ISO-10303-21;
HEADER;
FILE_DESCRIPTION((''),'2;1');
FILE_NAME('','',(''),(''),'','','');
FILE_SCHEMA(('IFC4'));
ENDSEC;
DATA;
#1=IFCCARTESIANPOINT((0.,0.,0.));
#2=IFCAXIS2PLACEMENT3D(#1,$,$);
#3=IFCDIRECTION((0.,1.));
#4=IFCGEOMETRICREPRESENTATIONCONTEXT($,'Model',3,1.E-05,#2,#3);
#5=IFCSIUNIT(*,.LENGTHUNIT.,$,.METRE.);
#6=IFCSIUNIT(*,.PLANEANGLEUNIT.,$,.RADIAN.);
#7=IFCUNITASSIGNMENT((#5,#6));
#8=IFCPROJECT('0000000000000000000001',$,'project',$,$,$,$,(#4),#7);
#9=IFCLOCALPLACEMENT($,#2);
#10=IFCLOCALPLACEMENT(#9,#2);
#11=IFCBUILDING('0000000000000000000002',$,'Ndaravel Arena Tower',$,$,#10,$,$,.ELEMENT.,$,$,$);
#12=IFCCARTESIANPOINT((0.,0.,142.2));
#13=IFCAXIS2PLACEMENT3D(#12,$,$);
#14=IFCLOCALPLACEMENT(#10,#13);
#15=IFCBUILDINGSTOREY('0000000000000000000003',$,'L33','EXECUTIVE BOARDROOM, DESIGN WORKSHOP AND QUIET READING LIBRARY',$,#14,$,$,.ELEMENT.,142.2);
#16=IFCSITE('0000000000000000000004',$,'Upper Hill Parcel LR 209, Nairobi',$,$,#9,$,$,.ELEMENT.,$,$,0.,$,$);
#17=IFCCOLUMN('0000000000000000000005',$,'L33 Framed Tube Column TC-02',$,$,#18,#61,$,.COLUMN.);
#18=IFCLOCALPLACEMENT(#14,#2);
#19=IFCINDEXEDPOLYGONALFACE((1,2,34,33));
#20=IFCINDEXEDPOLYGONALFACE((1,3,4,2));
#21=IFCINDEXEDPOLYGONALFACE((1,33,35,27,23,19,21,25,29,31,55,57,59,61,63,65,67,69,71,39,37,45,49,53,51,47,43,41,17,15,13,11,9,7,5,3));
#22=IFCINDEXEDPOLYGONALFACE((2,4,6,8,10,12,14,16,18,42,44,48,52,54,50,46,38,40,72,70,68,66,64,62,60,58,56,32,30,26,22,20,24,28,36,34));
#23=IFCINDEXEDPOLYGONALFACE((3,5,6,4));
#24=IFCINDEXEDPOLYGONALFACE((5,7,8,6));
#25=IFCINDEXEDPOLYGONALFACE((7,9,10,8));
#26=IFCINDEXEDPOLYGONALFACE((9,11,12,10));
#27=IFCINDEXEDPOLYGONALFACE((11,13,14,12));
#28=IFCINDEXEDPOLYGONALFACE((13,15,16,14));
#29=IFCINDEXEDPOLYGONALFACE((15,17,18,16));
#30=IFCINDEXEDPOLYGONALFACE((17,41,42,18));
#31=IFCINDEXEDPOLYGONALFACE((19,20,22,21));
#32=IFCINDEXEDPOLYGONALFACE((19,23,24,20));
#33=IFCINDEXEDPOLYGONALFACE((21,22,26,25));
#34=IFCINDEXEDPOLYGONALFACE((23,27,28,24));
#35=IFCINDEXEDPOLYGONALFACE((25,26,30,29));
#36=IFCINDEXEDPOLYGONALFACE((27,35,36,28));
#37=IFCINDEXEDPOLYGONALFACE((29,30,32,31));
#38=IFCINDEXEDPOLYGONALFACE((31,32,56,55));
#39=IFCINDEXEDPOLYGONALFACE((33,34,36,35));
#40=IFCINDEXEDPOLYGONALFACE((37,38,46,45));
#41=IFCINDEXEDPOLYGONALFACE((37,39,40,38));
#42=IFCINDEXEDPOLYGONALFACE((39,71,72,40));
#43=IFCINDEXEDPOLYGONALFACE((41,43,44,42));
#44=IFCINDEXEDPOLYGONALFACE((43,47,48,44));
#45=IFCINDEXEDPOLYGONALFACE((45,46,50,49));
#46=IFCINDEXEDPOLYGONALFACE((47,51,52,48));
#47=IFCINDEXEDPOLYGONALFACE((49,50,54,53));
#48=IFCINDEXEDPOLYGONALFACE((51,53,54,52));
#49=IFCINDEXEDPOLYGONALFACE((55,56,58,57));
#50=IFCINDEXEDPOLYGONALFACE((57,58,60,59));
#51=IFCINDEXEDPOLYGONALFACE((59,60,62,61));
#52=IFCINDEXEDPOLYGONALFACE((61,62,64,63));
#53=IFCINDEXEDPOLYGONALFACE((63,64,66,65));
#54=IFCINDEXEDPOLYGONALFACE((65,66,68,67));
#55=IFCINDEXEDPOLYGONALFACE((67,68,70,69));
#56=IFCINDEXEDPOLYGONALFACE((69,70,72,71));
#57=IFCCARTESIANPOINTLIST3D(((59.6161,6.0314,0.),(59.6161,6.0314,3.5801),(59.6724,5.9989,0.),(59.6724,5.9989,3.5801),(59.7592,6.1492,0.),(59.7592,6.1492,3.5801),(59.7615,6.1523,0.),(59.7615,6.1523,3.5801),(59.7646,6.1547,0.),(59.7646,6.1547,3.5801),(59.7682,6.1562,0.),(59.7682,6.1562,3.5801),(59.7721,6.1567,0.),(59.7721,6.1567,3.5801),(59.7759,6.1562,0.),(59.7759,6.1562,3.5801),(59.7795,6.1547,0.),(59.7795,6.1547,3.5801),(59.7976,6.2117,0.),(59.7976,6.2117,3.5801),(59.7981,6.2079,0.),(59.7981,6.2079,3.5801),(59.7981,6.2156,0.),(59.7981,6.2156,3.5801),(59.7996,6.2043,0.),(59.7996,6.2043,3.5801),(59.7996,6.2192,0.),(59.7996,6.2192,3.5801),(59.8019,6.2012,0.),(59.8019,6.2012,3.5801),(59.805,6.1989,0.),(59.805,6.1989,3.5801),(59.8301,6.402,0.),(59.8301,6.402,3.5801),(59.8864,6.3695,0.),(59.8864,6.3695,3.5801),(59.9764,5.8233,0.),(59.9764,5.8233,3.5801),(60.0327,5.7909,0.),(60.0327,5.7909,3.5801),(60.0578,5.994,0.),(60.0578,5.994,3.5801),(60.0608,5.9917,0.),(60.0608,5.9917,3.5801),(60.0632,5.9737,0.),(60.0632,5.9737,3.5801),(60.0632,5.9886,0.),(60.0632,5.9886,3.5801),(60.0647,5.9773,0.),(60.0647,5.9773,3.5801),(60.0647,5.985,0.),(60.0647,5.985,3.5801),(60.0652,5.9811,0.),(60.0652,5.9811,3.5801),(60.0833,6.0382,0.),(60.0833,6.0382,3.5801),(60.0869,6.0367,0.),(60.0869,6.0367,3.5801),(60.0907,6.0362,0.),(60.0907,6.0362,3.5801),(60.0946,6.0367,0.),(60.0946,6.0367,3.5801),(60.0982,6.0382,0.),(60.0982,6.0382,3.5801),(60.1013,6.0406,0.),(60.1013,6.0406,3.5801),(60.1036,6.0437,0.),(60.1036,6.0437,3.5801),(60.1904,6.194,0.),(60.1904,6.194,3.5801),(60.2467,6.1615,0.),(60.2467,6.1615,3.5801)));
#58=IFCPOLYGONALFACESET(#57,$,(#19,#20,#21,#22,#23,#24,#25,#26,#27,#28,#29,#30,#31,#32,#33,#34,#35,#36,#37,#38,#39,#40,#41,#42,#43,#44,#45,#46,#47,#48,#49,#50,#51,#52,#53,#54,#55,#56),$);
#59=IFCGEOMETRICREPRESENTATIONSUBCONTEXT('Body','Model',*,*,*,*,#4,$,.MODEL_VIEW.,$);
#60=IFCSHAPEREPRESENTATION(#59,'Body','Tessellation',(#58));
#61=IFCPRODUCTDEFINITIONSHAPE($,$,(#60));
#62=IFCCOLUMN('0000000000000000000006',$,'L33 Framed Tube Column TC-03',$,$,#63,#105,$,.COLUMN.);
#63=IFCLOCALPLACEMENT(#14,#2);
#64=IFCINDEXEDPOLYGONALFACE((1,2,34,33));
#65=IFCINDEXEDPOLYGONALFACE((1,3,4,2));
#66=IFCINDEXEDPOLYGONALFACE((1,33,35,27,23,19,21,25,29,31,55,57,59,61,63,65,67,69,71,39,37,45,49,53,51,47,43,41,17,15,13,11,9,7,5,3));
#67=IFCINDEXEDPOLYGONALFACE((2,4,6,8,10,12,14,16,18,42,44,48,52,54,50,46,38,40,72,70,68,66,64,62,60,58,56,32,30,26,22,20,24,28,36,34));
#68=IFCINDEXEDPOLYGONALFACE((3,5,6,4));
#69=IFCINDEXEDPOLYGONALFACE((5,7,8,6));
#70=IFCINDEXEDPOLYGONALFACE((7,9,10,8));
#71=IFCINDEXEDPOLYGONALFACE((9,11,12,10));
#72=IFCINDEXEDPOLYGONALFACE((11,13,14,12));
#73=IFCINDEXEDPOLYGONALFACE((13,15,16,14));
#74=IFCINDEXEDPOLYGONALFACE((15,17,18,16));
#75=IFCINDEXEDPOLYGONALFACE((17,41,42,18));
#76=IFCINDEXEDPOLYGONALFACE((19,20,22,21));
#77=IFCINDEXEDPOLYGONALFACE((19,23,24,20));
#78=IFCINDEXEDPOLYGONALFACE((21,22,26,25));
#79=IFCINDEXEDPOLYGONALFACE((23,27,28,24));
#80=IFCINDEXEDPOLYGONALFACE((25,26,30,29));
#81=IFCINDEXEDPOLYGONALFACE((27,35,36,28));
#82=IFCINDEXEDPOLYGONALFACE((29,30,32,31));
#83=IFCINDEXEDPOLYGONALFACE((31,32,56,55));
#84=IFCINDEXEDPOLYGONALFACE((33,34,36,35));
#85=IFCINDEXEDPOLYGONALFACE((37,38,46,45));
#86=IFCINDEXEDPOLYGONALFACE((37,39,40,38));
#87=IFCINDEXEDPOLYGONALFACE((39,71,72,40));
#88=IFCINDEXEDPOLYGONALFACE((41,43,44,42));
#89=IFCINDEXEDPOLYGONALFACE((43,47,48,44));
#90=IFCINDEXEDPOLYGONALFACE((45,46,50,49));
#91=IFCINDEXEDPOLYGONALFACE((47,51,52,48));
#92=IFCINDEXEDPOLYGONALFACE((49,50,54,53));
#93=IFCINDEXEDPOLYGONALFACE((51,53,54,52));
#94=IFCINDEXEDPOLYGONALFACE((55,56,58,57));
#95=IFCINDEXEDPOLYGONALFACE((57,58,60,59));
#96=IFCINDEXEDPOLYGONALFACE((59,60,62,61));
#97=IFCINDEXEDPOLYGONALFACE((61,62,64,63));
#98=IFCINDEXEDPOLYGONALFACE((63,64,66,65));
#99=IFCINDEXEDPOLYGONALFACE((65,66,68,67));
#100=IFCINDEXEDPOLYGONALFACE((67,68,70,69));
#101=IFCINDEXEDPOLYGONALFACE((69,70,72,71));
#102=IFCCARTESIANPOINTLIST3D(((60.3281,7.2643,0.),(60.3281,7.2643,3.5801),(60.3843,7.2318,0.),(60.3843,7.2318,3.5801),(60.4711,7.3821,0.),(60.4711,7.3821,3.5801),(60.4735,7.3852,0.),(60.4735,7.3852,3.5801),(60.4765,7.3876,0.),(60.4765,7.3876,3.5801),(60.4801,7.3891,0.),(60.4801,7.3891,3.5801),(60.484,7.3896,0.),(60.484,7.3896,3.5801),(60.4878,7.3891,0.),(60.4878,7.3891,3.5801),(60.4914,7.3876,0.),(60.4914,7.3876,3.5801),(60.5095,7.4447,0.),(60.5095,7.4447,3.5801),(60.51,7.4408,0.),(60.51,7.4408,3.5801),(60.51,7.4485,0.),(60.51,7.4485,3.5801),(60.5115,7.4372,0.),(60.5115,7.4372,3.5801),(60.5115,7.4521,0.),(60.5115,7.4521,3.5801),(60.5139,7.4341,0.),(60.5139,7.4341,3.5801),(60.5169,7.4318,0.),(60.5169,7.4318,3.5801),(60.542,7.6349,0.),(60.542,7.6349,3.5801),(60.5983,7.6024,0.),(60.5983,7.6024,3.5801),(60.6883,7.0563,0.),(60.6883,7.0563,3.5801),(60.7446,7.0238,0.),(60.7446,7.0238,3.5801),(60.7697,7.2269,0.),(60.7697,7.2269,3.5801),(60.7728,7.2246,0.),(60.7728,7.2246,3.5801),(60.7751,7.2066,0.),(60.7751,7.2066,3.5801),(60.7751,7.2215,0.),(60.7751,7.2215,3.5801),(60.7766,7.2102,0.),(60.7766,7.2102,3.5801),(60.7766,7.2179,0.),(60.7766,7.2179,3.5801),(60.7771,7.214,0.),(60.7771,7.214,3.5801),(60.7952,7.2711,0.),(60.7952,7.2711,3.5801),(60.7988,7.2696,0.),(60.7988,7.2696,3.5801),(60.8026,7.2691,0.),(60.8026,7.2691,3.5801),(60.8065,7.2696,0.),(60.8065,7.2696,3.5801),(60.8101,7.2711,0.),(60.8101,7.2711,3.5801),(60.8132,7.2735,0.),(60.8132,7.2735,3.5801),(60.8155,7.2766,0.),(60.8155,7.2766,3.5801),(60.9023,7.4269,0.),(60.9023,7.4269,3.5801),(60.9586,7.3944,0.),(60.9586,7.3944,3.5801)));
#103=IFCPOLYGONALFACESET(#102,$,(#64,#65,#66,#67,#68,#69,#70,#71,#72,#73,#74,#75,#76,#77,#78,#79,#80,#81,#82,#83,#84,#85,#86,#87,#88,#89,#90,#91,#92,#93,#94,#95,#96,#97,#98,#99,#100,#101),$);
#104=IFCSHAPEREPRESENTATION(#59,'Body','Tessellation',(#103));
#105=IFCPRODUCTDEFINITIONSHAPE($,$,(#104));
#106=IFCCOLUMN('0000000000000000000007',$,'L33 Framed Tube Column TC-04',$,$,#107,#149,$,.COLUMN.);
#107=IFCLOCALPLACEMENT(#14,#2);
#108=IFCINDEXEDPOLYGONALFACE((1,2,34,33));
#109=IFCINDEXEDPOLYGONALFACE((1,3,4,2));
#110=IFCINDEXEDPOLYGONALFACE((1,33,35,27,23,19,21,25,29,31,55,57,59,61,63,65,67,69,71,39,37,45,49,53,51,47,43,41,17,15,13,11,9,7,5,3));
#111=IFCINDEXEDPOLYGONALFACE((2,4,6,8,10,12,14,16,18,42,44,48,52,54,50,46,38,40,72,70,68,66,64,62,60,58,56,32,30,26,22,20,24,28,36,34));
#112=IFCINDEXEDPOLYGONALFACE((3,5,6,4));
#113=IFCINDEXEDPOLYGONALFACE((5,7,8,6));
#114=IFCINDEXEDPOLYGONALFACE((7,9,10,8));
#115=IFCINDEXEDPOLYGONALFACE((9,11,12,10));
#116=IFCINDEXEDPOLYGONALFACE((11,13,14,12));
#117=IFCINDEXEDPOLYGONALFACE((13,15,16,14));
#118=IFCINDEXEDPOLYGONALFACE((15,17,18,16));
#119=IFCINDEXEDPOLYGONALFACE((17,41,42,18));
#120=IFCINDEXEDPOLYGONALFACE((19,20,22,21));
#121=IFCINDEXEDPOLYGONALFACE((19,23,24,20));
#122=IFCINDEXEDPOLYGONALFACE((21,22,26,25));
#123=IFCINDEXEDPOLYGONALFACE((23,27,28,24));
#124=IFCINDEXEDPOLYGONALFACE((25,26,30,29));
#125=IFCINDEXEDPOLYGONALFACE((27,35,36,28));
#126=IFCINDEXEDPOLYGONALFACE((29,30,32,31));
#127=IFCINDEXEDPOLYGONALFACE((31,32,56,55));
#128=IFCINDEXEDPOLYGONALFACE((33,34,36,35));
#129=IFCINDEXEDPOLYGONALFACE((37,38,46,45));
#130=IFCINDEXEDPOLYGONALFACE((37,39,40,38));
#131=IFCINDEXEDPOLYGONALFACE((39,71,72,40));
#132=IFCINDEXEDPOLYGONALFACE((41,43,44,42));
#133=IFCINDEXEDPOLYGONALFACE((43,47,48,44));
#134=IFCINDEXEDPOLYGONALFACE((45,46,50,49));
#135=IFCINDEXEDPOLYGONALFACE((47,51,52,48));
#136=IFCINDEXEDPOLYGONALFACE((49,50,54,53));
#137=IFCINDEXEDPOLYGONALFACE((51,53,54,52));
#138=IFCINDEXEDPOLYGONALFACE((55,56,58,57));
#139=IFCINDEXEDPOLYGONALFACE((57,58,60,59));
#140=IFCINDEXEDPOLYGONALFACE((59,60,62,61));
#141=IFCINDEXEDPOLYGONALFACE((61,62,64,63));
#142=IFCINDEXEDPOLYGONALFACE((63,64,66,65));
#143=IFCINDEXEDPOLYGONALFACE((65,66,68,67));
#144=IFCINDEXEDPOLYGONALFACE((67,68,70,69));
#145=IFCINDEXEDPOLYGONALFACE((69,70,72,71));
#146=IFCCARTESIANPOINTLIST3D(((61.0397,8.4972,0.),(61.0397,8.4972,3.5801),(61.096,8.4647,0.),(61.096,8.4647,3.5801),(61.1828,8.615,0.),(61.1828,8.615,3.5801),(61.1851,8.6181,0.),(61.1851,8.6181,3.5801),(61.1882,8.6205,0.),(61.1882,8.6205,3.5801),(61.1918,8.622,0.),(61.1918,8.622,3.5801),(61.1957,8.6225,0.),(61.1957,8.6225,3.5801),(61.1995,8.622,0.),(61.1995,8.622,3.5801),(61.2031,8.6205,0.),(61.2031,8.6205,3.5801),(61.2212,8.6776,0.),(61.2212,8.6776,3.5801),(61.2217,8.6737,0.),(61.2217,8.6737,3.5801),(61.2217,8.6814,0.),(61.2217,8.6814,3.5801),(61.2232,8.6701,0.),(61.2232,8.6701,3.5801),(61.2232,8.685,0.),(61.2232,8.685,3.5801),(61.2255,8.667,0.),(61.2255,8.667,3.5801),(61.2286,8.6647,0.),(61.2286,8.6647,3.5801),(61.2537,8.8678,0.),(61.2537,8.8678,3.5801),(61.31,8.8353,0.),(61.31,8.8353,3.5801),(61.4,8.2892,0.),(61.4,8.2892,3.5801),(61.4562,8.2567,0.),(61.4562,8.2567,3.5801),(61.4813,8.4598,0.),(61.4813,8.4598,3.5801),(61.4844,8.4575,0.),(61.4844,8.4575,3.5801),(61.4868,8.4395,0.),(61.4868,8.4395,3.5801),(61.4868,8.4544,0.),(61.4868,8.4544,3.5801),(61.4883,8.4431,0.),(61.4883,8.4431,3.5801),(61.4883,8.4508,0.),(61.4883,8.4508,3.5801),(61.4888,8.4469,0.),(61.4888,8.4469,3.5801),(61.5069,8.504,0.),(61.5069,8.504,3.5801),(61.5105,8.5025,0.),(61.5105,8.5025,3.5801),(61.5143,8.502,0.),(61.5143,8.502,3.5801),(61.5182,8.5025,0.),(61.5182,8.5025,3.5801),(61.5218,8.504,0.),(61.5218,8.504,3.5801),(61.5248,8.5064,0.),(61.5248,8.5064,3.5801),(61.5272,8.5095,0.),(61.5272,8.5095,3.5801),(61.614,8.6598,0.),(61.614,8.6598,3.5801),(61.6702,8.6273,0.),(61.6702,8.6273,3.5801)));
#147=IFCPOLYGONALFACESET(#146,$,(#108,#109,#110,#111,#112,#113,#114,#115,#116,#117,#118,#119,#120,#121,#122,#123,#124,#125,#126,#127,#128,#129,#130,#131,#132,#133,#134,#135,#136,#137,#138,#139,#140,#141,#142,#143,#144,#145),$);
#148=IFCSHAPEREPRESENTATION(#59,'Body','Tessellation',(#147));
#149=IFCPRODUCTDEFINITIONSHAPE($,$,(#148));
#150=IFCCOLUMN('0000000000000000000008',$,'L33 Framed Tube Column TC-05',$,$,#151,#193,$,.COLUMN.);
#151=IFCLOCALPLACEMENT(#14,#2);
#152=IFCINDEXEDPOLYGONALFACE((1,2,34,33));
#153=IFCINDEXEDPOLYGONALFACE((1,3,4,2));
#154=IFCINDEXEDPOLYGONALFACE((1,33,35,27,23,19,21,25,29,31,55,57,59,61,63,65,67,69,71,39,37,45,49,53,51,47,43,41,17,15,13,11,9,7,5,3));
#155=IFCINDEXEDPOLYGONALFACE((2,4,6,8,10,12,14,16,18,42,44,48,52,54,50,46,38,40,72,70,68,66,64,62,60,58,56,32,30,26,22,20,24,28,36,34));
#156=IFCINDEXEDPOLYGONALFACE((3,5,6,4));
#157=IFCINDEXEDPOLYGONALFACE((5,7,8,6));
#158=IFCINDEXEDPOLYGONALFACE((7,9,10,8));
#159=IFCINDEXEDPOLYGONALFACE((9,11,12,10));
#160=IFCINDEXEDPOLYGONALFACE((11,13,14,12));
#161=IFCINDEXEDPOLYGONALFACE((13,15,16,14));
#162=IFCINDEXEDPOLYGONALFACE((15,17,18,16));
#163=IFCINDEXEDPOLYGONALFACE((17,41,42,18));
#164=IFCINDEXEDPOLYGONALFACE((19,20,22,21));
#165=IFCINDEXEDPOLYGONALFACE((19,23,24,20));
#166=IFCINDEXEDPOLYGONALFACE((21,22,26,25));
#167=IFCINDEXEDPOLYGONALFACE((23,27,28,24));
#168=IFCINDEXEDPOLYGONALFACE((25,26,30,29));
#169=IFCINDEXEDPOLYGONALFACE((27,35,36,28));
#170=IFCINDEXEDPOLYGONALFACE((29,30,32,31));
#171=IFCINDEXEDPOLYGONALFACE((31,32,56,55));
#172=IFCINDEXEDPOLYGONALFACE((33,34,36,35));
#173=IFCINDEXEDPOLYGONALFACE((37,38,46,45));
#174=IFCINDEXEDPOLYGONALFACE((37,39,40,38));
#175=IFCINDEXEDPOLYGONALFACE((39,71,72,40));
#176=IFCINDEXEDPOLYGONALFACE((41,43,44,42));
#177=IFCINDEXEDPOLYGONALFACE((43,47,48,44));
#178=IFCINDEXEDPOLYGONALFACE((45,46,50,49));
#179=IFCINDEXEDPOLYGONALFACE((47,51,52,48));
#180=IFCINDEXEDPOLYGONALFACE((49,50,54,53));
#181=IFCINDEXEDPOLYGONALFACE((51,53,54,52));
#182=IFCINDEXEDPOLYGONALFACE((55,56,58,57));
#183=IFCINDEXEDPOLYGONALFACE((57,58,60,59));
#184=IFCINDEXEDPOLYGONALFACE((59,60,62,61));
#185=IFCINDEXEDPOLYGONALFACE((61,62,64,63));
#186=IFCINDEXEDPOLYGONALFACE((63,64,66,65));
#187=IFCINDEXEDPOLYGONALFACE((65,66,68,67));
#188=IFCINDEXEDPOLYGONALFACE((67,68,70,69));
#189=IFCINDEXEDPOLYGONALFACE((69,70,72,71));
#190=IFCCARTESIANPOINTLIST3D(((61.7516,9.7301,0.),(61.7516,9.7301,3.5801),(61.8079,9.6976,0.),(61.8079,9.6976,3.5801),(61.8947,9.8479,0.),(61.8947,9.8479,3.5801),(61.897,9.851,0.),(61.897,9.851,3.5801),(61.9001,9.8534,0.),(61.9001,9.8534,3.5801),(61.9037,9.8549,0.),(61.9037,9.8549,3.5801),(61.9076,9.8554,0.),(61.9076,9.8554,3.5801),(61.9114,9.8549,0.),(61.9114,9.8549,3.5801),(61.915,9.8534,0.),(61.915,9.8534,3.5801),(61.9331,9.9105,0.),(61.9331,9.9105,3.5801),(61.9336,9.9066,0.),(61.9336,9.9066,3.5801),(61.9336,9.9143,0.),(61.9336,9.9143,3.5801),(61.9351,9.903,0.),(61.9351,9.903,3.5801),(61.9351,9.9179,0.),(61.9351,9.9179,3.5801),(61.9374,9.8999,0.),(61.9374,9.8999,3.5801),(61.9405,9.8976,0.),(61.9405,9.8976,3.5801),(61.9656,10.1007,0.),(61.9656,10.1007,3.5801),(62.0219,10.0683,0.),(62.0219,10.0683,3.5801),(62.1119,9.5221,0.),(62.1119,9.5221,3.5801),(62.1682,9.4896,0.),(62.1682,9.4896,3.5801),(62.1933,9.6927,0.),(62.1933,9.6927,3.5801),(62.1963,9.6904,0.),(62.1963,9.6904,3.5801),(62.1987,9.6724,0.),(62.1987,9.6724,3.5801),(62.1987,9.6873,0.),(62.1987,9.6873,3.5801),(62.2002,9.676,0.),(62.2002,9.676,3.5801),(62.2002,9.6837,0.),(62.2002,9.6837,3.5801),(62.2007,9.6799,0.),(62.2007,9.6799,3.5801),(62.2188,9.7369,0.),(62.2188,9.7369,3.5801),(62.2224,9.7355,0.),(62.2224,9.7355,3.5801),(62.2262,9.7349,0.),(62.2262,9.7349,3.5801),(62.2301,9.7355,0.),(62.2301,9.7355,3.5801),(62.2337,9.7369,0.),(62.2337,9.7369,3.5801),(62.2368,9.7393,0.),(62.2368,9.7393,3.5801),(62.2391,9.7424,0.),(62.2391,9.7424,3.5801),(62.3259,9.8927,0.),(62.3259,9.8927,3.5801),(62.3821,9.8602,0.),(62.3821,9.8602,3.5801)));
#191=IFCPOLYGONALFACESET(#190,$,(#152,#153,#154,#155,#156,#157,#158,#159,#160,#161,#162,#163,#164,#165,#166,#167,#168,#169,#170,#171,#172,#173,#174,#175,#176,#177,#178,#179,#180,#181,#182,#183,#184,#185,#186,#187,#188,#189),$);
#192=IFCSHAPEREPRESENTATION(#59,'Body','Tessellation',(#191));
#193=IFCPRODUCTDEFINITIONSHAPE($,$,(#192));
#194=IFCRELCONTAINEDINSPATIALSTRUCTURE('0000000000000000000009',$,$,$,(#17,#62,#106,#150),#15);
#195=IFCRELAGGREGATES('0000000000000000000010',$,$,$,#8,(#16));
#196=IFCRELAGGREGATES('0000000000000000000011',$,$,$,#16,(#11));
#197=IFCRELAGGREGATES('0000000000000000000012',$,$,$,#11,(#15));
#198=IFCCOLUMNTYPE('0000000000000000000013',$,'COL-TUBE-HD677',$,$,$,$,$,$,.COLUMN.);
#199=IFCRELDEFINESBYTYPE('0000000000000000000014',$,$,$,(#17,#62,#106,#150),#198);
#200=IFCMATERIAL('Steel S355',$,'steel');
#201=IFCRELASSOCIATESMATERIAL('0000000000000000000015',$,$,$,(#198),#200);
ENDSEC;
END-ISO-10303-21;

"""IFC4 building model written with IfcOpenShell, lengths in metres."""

from ifc_helpers import new_model, si_unit, direction, frame, origin, origin_2d, place, context, subcontext, project, spatial, i_section, extrude, material, material_profile, profile_set, type_object, element, save


model = new_model("IFC4")

# Units and contexts
model_context = context("Model", 3, precision=1e-05, world=origin(), true_north=direction((0.0, 1.0)))
body_context = subcontext(model_context, "Body", "Model", "MODEL_VIEW")
ifc_project = project(units=[si_unit("LENGTHUNIT", "METRE"), si_unit("PLANEANGLEUNIT", "RADIAN")], contexts=[model_context])

# Site, building, storey
site_placement = place(None, origin())
site = spatial("IfcSite", under=ifc_project, at=site_placement, Name="Upper Hill Parcel LR 209, Nairobi", CompositionType="ELEMENT", RefElevation=0.0)
building_placement = place(site_placement, origin())
building = spatial("IfcBuilding", under=site, at=building_placement, Name="Ndaravel Arena Tower", CompositionType="ELEMENT")
storey_placement = place(building_placement, frame((0.0, 0.0, 142.2)))
storey = spatial("IfcBuildingStorey", under=building, at=storey_placement, Name="L33", Description="EXECUTIVE BOARDROOM, DESIGN WORKSHOP AND QUIET READING LIBRARY", CompositionType="ELEMENT", Elevation=142.2)

# Columns
ifc_material_1 = material(Name="Steel S355", Category="steel")
ifc_material_profile_1 = material_profile(ifc_material_1, i_section(OverallWidth=0.428, OverallDepth=0.481, WebThickness=0.051, FlangeThickness=0.0649, FilletRadius=0.0149, at=origin_2d()), Name="HD 400x677")
ifc_profile_set_1 = profile_set([ifc_material_profile_1], Name="Steel S355")
column_type = type_object("IfcColumnType", Name="COL-TUBE-HD677", PredefinedType="COLUMN", material=ifc_profile_set_1)
for number, where, z_axis, x_axis, name in (
    (1, (59.9314, 6.0964, 0.0), (0.0, 0.0, 1.0), (0.5, 0.866025, 0.0), "L33 Framed Tube Column TC-02"),
    (2, (60.6433, 7.3293, 0.0), (0.0, 0.0, 1.0), (0.5, 0.866025, 0.0), "L33 Framed Tube Column TC-03"),
    (3, (61.355, 8.5623, 0.0), (0.0, 0.0, 1.0), (0.5, 0.866025, 0.0), "L33 Framed Tube Column TC-04"),
    (4, (62.0669, 9.7952, 0.0), (0.0, 0.0, 1.0), (0.5, 0.866025, 0.0), "L33 Framed Tube Column TC-05"),
):
    element("IfcColumn", number, at=place(storey_placement, frame(where, z_axis=z_axis, x_axis=x_axis)), inside=storey, type_object=column_type, Name=name, PredefinedType="COLUMN", context=body_context, shape_type="SweptSolid", body=[
        extrude(i_section(OverallWidth=0.428, OverallDepth=0.481, WebThickness=0.051, FlangeThickness=0.0649, FilletRadius=0.0149, at=origin_2d()), origin(), (0.0, 0.0, 1.0), 3.5801),
    ])

save(model, "model.ifc")
